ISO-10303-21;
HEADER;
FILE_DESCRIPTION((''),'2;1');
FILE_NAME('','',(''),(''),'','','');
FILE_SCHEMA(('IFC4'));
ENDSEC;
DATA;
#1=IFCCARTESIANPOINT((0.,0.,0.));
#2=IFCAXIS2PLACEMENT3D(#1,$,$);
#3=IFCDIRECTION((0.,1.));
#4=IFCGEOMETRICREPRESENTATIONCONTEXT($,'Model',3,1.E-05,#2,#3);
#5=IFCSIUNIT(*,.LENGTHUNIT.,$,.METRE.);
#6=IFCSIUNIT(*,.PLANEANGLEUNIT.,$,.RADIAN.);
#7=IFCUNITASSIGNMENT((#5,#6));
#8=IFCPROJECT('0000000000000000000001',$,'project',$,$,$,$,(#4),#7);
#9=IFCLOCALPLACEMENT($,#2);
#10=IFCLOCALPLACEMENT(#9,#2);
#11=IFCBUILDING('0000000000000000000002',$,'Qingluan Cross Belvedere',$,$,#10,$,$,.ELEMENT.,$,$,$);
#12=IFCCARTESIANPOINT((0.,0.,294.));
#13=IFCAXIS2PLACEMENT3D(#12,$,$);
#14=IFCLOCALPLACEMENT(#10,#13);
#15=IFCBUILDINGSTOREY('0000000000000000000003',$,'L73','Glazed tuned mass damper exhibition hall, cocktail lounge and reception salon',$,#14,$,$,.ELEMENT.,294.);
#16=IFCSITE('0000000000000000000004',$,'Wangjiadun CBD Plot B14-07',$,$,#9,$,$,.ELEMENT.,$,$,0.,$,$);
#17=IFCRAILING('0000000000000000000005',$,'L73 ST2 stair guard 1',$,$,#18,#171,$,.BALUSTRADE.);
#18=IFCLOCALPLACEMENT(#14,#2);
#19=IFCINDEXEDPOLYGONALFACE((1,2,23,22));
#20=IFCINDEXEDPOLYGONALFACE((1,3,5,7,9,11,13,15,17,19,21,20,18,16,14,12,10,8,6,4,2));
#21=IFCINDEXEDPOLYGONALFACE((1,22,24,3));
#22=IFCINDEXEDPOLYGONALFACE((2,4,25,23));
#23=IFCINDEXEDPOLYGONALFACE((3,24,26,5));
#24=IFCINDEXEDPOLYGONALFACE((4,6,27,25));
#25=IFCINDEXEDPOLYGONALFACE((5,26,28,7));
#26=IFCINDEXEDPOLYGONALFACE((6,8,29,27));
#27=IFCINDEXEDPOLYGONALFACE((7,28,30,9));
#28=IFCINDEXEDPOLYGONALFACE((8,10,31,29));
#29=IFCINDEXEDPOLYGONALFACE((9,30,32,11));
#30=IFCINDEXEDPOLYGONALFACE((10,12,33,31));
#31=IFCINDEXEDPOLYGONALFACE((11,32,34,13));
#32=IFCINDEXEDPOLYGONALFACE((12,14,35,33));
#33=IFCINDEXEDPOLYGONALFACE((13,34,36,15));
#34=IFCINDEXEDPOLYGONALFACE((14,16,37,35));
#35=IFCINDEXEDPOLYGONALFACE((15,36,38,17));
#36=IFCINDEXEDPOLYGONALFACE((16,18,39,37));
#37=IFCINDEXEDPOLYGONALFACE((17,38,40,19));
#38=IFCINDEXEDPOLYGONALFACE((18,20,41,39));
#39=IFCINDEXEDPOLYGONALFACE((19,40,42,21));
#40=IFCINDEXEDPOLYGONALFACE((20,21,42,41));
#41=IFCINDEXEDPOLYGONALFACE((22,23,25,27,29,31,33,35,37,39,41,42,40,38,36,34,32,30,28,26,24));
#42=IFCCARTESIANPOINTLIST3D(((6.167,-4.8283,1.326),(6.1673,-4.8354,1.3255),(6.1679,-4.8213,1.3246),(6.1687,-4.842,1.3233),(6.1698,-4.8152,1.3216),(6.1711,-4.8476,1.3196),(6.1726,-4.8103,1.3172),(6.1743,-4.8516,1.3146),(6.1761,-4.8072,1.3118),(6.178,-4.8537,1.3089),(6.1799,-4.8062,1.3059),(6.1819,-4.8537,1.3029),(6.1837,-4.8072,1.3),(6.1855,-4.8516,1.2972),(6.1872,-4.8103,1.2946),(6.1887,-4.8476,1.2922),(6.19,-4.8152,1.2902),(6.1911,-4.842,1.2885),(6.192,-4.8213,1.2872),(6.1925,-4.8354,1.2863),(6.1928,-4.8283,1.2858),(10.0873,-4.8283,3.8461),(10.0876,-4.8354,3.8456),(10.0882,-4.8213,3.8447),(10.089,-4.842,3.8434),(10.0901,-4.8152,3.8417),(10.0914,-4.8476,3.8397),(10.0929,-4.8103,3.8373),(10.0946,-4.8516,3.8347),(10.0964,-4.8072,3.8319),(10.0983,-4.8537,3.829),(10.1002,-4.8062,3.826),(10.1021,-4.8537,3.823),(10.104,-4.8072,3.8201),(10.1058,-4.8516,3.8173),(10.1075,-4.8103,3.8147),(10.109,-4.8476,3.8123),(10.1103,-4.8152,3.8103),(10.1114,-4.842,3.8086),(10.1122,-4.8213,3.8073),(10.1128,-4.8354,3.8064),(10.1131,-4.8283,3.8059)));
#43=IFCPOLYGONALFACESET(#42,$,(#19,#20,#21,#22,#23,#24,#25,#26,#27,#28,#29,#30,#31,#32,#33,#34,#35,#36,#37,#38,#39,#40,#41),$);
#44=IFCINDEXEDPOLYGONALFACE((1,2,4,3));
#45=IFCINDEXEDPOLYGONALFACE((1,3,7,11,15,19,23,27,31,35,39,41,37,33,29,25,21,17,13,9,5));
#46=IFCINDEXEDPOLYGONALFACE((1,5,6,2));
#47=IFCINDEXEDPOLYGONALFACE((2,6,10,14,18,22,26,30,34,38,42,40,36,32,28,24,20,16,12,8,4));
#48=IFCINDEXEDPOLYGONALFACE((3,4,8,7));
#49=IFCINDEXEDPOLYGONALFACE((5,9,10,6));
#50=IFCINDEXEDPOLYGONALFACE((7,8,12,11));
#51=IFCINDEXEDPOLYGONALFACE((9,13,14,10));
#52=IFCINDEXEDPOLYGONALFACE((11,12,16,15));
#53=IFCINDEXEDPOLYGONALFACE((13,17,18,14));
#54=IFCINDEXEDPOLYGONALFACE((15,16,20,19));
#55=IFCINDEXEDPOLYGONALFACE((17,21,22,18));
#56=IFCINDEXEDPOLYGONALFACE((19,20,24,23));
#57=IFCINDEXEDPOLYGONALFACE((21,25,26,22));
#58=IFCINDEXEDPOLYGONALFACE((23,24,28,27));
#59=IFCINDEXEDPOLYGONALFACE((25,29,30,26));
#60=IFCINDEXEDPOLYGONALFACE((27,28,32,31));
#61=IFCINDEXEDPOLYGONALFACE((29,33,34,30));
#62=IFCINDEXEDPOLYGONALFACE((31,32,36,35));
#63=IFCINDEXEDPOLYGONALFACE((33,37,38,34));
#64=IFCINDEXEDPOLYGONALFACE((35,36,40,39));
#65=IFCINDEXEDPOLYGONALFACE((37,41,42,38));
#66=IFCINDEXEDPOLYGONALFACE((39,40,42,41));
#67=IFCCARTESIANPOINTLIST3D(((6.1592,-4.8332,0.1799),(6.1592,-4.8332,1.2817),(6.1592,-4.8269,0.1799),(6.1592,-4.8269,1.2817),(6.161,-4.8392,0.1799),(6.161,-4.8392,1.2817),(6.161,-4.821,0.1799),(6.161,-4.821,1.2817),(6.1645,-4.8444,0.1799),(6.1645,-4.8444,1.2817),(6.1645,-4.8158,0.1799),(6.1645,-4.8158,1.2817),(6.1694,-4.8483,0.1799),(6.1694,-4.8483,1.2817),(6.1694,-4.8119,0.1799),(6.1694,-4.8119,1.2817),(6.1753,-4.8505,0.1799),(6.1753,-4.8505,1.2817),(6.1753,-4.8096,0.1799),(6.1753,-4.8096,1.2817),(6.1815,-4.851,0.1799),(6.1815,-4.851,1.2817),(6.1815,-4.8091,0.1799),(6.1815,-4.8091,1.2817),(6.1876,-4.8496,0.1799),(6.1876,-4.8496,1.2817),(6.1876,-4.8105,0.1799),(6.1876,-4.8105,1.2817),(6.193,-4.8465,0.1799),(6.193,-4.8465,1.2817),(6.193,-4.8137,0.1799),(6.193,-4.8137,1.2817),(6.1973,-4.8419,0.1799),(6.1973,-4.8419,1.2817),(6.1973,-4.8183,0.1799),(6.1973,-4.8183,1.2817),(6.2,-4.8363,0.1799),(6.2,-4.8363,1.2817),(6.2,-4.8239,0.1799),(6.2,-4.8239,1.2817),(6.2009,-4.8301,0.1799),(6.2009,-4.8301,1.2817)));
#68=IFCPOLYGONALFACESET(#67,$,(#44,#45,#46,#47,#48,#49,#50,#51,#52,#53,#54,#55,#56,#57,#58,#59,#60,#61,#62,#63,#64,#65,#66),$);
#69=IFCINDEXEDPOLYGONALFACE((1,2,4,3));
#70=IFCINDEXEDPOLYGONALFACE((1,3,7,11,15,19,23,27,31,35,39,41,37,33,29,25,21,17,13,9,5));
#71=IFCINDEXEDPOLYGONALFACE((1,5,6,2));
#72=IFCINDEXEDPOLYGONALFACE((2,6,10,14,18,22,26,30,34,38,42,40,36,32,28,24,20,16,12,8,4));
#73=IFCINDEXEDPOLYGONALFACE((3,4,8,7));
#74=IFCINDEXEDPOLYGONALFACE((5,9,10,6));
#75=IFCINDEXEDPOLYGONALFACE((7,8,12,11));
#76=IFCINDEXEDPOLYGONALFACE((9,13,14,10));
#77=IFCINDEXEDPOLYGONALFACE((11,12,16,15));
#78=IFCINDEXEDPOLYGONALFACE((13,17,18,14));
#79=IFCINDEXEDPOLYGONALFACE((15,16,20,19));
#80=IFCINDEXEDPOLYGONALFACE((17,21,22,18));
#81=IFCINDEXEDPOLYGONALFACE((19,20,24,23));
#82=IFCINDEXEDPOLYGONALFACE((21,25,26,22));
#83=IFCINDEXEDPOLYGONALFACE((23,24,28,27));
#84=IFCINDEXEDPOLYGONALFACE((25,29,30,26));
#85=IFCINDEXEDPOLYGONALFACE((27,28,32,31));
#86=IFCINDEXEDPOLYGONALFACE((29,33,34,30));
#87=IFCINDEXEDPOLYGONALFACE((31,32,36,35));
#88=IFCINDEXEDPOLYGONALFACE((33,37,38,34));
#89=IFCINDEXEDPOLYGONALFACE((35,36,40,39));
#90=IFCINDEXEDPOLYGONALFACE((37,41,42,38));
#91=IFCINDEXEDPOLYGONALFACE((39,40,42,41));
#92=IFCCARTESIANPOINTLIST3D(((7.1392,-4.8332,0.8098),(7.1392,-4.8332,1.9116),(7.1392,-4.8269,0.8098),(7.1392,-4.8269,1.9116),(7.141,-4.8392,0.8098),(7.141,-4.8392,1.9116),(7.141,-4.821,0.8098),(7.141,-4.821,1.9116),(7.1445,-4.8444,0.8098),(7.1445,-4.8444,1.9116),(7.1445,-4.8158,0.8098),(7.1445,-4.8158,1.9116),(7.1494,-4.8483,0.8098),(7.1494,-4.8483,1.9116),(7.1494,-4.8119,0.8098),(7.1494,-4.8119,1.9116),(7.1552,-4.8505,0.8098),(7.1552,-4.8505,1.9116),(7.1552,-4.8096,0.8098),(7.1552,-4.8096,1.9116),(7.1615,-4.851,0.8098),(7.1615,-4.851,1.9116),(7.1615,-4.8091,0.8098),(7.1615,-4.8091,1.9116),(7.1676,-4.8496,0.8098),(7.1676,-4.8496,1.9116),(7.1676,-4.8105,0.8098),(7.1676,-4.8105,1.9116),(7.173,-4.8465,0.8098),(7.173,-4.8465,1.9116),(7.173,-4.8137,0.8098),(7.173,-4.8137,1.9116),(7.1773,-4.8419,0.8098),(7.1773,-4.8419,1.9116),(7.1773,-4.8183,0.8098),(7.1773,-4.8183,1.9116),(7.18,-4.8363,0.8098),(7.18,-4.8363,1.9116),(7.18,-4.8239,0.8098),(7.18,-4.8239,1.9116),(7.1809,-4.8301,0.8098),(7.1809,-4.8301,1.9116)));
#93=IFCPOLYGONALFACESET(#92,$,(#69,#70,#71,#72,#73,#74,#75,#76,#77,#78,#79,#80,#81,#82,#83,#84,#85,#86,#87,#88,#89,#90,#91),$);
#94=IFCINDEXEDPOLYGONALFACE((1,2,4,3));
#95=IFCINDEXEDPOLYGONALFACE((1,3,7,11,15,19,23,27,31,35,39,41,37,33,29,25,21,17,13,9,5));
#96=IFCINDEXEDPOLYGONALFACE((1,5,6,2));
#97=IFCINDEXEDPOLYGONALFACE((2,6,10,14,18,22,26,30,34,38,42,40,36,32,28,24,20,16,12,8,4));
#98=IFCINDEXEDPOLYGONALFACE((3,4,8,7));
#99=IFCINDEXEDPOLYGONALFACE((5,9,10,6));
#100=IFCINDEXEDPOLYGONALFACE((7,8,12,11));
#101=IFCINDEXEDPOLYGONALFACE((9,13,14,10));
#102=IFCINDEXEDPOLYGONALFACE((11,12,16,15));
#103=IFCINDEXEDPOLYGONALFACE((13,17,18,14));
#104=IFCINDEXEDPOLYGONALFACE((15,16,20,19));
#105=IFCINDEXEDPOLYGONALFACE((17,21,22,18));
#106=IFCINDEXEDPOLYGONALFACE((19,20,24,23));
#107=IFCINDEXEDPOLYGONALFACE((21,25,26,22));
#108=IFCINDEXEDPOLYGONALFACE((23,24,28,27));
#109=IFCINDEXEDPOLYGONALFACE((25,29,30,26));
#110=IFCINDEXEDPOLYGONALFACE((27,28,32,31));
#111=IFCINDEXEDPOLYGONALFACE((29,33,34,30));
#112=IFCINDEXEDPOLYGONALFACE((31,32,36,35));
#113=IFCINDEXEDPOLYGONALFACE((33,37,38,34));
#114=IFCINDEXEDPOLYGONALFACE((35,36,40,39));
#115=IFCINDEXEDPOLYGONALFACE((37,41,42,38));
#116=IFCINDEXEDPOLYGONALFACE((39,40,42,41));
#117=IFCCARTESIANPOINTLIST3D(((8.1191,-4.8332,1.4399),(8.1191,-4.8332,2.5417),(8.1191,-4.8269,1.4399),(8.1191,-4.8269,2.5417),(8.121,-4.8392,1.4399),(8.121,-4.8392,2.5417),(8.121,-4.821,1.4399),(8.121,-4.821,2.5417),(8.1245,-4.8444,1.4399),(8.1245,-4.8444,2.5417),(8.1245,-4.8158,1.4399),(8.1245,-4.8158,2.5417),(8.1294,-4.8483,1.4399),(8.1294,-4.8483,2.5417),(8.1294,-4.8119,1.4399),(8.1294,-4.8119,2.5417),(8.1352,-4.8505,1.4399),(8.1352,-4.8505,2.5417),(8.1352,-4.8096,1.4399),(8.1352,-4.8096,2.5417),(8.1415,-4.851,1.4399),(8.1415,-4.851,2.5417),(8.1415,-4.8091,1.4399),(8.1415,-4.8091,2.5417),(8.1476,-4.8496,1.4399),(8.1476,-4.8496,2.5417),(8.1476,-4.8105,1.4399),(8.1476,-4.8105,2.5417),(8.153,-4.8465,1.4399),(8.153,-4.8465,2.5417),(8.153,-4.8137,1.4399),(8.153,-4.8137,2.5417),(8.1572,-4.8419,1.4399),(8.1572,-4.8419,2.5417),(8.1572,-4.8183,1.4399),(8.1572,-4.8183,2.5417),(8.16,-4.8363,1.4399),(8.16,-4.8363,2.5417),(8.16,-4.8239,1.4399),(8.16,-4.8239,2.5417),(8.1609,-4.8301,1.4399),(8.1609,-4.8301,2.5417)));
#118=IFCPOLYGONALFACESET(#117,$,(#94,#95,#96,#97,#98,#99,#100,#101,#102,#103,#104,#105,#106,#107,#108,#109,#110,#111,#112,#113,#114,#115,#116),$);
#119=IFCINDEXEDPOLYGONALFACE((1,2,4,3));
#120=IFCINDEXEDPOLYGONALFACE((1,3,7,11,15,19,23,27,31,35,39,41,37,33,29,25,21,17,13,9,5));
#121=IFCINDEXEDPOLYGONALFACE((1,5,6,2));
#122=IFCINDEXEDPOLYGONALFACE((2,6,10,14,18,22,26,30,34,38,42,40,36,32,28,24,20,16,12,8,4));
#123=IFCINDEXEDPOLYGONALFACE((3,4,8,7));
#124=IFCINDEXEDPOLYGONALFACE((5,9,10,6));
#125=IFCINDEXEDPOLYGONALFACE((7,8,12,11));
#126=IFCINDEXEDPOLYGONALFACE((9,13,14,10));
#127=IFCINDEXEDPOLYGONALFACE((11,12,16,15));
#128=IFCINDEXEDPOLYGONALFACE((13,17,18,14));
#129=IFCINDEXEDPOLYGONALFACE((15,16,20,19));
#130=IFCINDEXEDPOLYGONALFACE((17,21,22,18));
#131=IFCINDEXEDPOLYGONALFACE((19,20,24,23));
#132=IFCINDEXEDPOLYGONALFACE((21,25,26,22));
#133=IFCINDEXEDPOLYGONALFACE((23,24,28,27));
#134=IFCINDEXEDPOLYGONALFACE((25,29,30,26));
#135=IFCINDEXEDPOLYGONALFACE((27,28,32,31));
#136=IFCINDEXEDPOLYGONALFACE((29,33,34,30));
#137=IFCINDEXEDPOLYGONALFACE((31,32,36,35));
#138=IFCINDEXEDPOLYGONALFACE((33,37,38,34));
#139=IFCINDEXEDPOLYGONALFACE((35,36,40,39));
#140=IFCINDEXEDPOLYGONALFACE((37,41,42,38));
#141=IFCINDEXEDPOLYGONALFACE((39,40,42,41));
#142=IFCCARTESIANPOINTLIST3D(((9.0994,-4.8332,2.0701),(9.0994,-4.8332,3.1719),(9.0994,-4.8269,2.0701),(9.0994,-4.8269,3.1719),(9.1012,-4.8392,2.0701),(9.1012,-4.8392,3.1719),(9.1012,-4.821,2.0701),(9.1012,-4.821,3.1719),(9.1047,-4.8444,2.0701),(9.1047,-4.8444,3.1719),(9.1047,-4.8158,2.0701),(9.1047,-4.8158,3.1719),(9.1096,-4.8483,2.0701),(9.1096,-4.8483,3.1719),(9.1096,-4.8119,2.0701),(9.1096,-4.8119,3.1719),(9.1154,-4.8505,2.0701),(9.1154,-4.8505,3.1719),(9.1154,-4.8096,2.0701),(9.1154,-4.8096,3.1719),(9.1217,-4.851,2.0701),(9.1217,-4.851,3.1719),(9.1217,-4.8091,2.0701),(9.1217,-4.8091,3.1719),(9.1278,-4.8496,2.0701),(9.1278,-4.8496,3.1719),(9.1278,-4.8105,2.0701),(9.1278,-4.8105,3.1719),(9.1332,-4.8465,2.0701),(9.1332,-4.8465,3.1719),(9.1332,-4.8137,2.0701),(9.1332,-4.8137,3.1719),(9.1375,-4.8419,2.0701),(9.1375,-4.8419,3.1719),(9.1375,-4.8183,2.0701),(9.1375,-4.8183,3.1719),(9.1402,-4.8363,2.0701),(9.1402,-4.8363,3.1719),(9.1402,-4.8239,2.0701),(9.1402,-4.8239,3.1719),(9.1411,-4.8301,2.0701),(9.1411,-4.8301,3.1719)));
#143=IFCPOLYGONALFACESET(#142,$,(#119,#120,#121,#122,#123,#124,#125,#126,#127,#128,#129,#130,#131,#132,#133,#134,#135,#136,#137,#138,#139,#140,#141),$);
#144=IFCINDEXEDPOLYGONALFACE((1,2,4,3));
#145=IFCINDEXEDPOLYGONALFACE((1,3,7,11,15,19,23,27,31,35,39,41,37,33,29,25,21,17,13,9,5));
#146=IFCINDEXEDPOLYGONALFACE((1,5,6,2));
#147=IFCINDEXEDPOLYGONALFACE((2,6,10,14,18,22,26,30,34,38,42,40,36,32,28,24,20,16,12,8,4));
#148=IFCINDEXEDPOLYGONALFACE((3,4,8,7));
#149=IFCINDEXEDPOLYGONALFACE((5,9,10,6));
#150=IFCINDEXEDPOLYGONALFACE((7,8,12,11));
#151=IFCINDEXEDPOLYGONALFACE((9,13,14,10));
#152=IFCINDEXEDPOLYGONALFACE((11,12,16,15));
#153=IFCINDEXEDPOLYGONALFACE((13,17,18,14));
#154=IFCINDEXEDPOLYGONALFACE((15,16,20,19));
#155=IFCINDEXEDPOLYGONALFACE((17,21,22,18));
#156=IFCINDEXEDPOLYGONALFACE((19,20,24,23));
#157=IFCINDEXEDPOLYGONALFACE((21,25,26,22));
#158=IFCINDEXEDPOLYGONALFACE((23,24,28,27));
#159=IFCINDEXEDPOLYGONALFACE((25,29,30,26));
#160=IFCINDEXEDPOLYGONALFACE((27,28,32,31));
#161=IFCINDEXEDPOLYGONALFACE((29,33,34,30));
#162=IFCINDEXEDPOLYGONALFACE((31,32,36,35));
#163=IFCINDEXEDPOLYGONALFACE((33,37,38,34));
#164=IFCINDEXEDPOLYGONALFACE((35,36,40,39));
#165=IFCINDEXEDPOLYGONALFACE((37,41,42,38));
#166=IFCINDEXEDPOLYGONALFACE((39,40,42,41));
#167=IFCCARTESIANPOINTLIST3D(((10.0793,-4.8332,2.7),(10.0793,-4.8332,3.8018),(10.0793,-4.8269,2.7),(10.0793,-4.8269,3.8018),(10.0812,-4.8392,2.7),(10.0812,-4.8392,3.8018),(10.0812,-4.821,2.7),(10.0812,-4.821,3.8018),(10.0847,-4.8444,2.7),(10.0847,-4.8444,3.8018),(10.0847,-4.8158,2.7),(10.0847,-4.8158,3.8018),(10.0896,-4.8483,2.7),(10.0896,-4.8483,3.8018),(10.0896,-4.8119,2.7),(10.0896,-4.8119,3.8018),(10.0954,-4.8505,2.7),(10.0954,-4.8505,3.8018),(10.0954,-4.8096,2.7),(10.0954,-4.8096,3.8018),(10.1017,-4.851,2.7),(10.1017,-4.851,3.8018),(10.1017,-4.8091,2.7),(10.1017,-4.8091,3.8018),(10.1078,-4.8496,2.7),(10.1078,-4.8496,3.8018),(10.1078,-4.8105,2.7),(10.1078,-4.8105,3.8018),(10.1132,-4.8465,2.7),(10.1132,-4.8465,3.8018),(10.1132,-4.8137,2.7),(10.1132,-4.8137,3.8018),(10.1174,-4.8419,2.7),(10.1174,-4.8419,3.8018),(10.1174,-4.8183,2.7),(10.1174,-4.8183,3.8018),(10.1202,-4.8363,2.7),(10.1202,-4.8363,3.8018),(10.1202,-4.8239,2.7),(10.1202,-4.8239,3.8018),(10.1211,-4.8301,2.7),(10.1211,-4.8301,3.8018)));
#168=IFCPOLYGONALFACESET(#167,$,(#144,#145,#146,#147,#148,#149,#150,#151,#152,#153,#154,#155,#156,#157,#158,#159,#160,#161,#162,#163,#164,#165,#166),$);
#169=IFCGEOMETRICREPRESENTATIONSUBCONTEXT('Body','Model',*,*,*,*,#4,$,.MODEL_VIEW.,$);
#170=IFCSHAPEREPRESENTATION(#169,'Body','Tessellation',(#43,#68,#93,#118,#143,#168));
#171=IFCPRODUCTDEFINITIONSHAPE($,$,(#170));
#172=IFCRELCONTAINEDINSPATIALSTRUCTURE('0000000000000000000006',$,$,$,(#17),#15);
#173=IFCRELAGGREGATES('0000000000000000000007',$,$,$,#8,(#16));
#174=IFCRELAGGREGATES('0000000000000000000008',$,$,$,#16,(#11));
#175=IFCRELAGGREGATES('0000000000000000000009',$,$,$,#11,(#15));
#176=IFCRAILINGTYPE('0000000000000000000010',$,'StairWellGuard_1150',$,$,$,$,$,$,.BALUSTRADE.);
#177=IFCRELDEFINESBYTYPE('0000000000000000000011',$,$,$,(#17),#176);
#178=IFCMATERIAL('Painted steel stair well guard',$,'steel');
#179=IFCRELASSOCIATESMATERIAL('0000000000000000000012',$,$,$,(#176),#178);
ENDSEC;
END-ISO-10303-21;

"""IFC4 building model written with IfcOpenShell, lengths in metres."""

from ifc_helpers import new_model, si_unit, direction, frame, origin, origin_2d, place, context, subcontext, project, spatial, circle, extrude, material, type_object, element, save


model = new_model("IFC4")

# Units and contexts
model_context = context("Model", 3, precision=1e-05, world=origin(), true_north=direction((0.0, 1.0)))
body_context = subcontext(model_context, "Body", "Model", "MODEL_VIEW")
ifc_project = project(units=[si_unit("LENGTHUNIT", "METRE"), si_unit("PLANEANGLEUNIT", "RADIAN")], contexts=[model_context])

# Site, building, storey
site_placement = place(None, origin())
site = spatial("IfcSite", under=ifc_project, at=site_placement, Name="Wangjiadun CBD Plot B14-07", CompositionType="ELEMENT", RefElevation=0.0)
building_placement = place(site_placement, origin())
building = spatial("IfcBuilding", under=site, at=building_placement, Name="Qingluan Cross Belvedere", CompositionType="ELEMENT")
storey_placement = place(building_placement, frame((0.0, 0.0, 294.0)))
storey = spatial("IfcBuildingStorey", under=building, at=storey_placement, Name="L73", Description="Glazed tuned mass damper exhibition hall, cocktail lounge and reception salon", CompositionType="ELEMENT", Elevation=294.0)

# Railing
ifc_material_1 = material(Name="Painted steel stair well guard", Category="steel")
railing_type_1 = type_object("IfcRailingType", Name="StairWellGuard_1150", PredefinedType="BALUSTRADE", material=ifc_material_1)
railing_1_placement = place(storey_placement, frame((6.1799, -4.8301, 0.1799)))
element("IfcRailing", 1, at=railing_1_placement, inside=storey, type_object=railing_type_1, Name="L73 ST2 stair guard 1", PredefinedType="BALUSTRADE", context=body_context, shape_type="SweptSolid", body=[
    extrude(circle(Radius=0.0239, at=origin_2d()), frame((0.0, 0.0, 1.126), z_axis=(0.841187, 0.0, 0.540744), x_axis=(0.0, 1.0, 0.0)), (0.0, 0.0, 1.0), 4.6604),
    extrude(circle(Radius=0.021, at=origin_2d()), origin(), (0.0, 0.0, 1.0), 1.1018),
    extrude(circle(Radius=0.021, at=origin_2d()), frame((0.98, 0.0, 0.6299)), (0.0, 0.0, 1.0), 1.1018),
    extrude(circle(Radius=0.021, at=origin_2d()), frame((1.96, 0.0, 1.26)), (0.0, 0.0, 1.0), 1.1018),
    extrude(circle(Radius=0.021, at=origin_2d()), frame((2.9402, 0.0, 1.8901)), (0.0, 0.0, 1.0), 1.1018),
    extrude(circle(Radius=0.021, at=origin_2d()), frame((3.9202, 0.0, 2.52)), (0.0, 0.0, 1.0), 1.1018),
])

save(model, "model.ifc")
